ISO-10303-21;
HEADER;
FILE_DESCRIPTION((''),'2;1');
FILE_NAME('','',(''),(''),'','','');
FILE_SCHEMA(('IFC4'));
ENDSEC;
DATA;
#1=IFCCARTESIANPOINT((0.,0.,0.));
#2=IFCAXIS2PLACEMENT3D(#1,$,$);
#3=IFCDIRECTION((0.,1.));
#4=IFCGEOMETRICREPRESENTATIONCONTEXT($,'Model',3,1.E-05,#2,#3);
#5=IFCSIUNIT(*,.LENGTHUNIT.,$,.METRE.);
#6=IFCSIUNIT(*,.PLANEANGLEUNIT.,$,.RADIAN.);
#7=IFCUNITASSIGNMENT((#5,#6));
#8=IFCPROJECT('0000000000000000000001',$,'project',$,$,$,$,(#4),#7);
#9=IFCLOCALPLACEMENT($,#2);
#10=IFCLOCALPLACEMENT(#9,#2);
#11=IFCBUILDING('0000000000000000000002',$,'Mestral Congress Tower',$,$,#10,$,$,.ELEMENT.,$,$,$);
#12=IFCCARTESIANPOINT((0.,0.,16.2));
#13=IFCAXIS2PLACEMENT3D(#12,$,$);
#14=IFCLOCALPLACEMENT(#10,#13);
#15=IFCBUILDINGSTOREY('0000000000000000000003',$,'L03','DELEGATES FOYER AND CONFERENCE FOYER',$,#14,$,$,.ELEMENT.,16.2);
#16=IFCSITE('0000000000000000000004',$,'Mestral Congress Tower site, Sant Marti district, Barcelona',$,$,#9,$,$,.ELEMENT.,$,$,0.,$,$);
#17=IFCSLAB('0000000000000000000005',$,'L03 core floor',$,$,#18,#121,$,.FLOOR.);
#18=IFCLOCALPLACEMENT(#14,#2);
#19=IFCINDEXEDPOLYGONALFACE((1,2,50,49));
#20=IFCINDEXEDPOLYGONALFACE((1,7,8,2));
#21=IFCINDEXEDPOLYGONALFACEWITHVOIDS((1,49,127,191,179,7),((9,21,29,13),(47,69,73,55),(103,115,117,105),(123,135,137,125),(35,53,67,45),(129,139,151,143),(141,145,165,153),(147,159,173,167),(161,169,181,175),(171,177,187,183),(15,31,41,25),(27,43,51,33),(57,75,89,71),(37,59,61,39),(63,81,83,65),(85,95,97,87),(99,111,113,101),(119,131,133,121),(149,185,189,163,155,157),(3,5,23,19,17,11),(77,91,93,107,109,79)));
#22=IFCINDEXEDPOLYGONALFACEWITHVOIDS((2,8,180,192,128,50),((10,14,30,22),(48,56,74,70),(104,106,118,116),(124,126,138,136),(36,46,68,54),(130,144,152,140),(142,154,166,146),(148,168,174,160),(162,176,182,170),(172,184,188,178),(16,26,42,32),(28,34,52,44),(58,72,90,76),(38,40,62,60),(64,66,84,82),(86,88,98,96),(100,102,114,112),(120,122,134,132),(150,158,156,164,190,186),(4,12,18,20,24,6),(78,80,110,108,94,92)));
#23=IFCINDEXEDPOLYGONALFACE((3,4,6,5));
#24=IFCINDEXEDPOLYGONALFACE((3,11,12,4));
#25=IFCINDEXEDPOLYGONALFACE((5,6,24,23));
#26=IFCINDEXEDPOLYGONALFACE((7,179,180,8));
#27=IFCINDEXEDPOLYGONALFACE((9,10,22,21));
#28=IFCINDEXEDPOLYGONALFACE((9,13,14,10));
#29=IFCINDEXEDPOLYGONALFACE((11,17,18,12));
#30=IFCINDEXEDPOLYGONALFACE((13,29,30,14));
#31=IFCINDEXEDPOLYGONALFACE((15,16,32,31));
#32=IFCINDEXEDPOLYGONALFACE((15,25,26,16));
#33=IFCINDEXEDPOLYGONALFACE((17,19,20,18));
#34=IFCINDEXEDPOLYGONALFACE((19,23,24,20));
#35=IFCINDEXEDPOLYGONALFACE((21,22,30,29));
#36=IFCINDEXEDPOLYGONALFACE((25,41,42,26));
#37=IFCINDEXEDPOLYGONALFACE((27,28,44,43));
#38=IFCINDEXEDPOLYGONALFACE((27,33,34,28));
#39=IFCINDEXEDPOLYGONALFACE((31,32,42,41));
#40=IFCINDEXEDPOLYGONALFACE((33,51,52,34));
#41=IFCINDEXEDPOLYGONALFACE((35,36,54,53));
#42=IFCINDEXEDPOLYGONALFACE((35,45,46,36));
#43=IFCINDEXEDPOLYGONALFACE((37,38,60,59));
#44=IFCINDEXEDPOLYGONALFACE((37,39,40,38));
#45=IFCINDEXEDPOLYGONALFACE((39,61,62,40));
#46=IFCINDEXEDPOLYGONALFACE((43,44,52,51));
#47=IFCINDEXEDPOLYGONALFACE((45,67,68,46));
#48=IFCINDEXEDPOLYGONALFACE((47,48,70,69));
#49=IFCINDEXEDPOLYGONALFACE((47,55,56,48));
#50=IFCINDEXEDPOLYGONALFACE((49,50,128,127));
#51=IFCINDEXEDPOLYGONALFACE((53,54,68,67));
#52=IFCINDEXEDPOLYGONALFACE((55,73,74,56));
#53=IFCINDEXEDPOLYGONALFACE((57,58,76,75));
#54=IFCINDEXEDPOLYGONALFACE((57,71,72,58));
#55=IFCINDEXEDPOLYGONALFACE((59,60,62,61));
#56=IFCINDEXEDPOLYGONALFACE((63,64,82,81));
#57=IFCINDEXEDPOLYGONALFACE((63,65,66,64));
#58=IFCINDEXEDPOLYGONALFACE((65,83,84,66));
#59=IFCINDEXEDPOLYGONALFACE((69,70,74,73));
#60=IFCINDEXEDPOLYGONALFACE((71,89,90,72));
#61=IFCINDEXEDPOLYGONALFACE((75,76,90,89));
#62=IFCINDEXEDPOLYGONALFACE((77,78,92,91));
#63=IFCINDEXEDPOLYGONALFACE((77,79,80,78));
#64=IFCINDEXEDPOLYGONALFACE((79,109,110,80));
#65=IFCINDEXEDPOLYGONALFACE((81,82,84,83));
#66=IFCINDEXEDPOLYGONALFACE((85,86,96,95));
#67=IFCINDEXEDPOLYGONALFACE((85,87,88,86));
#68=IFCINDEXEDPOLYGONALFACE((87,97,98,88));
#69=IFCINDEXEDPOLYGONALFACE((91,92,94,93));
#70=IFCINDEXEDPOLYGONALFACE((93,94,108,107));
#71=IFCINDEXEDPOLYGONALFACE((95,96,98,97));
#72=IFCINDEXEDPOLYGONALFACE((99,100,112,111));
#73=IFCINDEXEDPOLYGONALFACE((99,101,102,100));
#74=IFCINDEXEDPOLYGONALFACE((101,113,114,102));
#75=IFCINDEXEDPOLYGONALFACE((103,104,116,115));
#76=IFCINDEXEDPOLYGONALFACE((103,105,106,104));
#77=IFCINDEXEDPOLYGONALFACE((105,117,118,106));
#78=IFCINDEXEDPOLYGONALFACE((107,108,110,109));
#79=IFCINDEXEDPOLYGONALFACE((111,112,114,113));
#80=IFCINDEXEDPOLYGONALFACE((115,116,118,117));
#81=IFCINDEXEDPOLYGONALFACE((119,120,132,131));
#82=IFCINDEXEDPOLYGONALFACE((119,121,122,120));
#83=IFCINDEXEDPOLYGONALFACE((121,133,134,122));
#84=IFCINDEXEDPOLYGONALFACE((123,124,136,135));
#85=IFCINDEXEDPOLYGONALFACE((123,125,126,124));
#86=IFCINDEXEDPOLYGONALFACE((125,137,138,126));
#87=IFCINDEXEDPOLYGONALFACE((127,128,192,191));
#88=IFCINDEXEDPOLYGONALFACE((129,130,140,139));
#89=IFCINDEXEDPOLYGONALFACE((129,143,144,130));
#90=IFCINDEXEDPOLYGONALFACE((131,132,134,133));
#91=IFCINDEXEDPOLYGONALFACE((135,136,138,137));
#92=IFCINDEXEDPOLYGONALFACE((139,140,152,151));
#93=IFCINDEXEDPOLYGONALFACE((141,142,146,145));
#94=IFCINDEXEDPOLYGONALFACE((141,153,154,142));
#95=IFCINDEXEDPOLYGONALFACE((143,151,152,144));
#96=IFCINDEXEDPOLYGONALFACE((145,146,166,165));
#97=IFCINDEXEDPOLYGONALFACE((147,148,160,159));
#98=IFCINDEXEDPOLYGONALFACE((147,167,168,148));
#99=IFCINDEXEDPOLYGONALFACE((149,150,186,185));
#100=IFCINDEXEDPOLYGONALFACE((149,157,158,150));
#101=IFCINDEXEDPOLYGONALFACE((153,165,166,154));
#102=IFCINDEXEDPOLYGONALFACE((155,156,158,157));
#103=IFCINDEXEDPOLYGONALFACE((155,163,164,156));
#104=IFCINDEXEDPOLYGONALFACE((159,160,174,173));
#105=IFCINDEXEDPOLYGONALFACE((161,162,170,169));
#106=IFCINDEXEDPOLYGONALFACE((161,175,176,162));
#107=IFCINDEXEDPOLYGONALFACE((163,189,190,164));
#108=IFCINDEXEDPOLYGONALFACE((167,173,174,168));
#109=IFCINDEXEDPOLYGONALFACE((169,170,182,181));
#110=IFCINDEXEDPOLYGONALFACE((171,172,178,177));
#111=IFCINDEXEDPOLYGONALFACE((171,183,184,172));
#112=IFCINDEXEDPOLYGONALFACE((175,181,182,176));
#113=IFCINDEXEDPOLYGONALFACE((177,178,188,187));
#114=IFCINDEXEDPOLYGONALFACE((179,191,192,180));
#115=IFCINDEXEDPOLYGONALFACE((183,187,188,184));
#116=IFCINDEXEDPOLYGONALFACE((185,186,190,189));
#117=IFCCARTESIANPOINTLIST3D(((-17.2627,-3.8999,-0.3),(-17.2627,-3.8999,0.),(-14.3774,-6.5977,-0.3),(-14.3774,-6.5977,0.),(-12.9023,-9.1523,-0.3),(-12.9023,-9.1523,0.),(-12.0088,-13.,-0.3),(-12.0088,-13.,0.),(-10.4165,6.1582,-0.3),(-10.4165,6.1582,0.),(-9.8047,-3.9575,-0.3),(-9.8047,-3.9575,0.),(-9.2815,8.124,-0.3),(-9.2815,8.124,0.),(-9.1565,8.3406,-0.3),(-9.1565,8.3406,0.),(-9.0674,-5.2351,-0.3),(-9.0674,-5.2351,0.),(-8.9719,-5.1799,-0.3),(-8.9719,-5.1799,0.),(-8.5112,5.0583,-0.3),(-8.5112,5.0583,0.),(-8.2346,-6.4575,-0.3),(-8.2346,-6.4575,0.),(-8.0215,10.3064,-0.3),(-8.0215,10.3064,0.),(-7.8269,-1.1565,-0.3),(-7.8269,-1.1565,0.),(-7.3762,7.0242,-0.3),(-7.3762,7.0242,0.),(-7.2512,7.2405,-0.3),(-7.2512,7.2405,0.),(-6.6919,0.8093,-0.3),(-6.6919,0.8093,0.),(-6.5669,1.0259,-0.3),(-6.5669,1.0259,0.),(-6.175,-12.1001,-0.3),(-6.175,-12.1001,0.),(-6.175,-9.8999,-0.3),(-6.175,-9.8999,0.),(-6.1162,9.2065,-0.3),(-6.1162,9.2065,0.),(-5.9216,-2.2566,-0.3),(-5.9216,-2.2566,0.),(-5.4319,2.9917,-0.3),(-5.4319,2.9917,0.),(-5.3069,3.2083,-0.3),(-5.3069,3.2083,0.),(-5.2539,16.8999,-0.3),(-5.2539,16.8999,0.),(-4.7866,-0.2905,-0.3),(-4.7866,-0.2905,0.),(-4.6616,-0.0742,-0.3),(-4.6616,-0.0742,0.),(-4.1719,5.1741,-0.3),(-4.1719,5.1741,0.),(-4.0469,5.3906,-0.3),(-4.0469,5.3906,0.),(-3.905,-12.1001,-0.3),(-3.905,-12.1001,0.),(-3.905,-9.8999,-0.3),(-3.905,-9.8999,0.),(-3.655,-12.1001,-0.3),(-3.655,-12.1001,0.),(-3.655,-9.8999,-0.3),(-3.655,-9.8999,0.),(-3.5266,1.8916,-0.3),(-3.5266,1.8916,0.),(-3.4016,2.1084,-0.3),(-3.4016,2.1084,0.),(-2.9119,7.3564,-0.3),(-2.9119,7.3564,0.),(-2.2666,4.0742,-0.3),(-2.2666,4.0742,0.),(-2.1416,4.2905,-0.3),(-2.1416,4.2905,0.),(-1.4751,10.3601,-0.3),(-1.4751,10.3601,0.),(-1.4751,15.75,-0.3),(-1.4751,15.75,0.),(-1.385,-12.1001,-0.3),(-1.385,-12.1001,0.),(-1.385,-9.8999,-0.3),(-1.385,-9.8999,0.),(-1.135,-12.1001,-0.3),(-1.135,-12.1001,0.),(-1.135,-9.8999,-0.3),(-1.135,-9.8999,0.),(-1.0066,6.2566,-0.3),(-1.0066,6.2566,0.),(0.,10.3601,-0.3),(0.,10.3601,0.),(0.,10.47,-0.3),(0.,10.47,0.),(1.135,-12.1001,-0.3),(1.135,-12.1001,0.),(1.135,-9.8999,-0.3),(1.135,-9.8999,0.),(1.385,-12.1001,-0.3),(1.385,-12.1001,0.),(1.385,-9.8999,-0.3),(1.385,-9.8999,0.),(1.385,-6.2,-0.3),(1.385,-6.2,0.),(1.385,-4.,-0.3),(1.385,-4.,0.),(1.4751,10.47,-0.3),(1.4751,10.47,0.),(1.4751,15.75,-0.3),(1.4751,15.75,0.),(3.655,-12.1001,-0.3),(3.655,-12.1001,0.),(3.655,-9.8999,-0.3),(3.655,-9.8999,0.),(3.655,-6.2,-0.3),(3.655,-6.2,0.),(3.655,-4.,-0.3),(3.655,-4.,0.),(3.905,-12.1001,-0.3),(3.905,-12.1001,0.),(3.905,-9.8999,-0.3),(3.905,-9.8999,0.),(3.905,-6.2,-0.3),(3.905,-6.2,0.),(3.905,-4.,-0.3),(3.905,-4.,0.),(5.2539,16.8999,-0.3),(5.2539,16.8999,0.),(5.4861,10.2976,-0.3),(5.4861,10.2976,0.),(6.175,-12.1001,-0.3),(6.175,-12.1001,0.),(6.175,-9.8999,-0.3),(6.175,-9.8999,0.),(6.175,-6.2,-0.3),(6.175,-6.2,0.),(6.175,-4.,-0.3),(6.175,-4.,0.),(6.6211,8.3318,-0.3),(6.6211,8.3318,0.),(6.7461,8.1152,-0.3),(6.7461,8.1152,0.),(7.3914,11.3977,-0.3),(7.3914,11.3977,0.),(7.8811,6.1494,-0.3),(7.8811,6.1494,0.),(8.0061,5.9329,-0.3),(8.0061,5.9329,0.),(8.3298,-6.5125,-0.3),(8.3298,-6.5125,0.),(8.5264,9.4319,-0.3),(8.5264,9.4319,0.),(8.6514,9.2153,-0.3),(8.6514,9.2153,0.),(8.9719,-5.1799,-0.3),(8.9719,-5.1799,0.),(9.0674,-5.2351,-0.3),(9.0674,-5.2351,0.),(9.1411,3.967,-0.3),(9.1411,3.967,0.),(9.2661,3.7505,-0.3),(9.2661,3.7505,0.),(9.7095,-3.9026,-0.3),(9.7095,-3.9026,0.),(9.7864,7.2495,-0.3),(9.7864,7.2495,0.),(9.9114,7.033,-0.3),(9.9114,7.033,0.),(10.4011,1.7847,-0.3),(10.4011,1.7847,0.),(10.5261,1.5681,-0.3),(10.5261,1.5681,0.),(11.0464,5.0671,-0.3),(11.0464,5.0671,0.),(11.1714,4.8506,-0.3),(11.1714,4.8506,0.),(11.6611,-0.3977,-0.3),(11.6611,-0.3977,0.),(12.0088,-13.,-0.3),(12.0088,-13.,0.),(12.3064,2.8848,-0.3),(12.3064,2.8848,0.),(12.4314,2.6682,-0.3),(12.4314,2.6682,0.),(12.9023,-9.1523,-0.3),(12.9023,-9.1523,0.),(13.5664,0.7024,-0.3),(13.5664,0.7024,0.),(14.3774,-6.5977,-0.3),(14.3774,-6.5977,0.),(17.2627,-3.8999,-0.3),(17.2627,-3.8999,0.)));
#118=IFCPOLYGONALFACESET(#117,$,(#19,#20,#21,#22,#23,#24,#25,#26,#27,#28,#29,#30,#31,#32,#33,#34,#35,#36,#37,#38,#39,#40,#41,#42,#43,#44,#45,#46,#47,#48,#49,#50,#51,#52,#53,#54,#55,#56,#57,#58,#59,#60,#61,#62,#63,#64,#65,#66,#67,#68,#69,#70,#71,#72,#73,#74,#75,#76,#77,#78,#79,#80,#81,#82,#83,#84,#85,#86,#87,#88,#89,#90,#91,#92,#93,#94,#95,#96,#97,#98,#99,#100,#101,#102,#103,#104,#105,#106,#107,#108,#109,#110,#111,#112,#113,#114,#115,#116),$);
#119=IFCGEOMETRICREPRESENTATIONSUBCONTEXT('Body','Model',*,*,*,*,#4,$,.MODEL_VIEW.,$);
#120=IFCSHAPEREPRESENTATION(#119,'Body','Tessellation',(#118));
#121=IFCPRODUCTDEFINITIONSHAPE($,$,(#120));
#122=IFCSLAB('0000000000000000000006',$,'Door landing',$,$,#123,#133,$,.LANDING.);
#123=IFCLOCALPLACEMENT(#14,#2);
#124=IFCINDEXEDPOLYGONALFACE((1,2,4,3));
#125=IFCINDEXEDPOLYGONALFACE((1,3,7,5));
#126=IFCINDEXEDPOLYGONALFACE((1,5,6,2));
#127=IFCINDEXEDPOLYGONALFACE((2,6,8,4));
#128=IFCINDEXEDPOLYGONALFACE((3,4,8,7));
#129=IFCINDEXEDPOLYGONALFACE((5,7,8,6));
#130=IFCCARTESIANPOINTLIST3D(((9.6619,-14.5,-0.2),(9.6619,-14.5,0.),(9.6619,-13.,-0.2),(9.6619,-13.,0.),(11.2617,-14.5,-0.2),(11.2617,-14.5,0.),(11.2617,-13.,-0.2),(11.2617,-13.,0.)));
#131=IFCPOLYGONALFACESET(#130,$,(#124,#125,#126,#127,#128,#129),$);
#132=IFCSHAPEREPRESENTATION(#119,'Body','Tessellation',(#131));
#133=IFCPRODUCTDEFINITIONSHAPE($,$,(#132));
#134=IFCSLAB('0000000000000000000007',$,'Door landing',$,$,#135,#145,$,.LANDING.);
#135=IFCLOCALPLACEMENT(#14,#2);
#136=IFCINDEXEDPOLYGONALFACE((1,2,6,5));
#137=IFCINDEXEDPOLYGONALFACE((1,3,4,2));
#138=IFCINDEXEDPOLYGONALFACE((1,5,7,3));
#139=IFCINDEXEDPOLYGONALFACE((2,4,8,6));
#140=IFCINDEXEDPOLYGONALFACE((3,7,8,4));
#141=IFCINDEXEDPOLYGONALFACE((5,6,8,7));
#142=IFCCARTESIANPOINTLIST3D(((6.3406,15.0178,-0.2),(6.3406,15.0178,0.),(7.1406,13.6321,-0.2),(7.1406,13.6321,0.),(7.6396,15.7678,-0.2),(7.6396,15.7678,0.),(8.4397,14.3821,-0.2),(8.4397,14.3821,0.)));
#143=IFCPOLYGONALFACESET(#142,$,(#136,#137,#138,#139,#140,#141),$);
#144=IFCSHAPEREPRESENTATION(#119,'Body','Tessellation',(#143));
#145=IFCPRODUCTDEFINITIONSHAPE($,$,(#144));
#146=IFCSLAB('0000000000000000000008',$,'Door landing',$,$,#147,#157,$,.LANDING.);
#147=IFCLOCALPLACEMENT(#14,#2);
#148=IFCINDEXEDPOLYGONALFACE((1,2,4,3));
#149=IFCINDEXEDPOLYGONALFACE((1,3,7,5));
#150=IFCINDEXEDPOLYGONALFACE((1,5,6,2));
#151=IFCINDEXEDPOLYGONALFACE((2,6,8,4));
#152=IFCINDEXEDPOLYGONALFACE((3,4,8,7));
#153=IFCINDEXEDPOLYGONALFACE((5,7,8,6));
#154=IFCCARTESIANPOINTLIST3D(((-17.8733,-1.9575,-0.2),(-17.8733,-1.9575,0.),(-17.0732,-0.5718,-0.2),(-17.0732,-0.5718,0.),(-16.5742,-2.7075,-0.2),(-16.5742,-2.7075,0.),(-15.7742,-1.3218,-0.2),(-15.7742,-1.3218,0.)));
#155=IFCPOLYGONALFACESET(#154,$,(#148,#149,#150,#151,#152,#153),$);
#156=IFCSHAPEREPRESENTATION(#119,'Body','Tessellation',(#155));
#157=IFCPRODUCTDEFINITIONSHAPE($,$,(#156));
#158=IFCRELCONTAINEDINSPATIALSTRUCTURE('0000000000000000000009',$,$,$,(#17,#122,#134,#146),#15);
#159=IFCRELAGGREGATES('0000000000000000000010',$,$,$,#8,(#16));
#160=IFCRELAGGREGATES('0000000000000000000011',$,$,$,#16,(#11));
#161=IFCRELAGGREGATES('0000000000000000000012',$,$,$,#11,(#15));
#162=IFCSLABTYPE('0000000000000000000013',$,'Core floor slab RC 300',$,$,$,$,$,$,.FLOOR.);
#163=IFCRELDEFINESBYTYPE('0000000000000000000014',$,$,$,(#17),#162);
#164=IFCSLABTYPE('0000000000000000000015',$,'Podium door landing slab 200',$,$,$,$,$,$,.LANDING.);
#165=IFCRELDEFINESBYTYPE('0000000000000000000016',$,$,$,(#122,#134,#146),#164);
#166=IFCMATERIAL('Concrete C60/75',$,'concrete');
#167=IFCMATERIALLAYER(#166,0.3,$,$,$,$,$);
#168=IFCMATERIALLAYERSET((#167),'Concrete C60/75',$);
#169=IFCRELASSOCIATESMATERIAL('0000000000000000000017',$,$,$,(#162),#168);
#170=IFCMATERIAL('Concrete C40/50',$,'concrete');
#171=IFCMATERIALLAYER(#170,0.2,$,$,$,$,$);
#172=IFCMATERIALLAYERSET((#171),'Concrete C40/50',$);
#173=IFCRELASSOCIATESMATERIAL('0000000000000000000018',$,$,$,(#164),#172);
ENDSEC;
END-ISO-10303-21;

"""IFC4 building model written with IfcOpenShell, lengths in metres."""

from ifc_helpers import new_model, si_unit, direction, frame, origin, place, context, subcontext, project, spatial, polyline, outline, extrude, material, layer, layer_set, type_object, element, save


model = new_model("IFC4")

# Units and contexts
model_context = context("Model", 3, precision=1e-05, world=origin(), true_north=direction((0.0, 1.0)))
body_context = subcontext(model_context, "Body", "Model", "MODEL_VIEW")
ifc_project = project(units=[si_unit("LENGTHUNIT", "METRE"), si_unit("PLANEANGLEUNIT", "RADIAN")], contexts=[model_context])

# Site, building, storey
site_placement = place(None, origin())
site = spatial("IfcSite", under=ifc_project, at=site_placement, Name="Mestral Congress Tower site, Sant Marti district, Barcelona", CompositionType="ELEMENT", RefElevation=0.0)
building_placement = place(site_placement, origin())
building = spatial("IfcBuilding", under=site, at=building_placement, Name="Mestral Congress Tower", CompositionType="ELEMENT")
storey_placement = place(building_placement, frame((0.0, 0.0, 16.2)))
storey = spatial("IfcBuildingStorey", under=building, at=storey_placement, Name="L03", Description="DELEGATES FOYER AND CONFERENCE FOYER", CompositionType="ELEMENT", Elevation=16.2)

# Slabs
ifc_material_1 = material(Name="Concrete C60/75", Category="concrete")
ifc_layer_1 = layer(ifc_material_1, 0.3)
ifc_layer_set_1 = layer_set([ifc_layer_1], Name="Concrete C60/75")
slab_type_1 = type_object("IfcSlabType", Name="Core floor slab RC 300", PredefinedType="FLOOR", material=ifc_layer_set_1)
slab_1_placement = place(storey_placement, frame((0.0, 0.0, -0.3)))
element("IfcSlab", 1, at=slab_1_placement, inside=storey, type_object=slab_type_1, Name="L03 core floor", PredefinedType="FLOOR", context=body_context, shape_type="SweptSolid", body=[
    extrude(outline(polyline([(12.0088, -13.0), (-12.0088, -13.0), (-17.2627, -3.8999), (-5.2539, 16.8999), (5.2539, 16.8999), (17.2627, -3.8999), (12.0088, -13.0)]), holes=[polyline([(-3.905, -9.8999), (-6.175, -9.8999), (-6.175, -12.1001), (-3.905, -12.1001), (-3.905, -9.8999)]), polyline([(-1.385, -9.8999), (-3.655, -9.8999), (-3.655, -12.1001), (-1.385, -12.1001), (-1.385, -9.8999)]), polyline([(1.135, -9.8999), (-1.135, -9.8999), (-1.135, -12.1001), (1.135, -12.1001), (1.135, -9.8999)]), polyline([(-9.0674, -5.2351), (-9.8047, -3.9575), (-14.3774, -6.5977), (-12.9023, -9.1523), (-8.2346, -6.4575), (-8.9719, -5.1799), (-9.0674, -5.2351)]), polyline([(-7.8269, -1.1565), (-5.9216, -2.2566), (-4.7866, -0.2905), (-6.6919, 0.8093), (-7.8269, -1.1565)]), polyline([(-4.6616, -0.0742), (-3.5266, 1.8916), (-5.4319, 2.9917), (-6.5669, 1.0259), (-4.6616, -0.0742)]), polyline([(-3.4016, 2.1084), (-2.2666, 4.0742), (-4.1719, 5.1741), (-5.3069, 3.2083), (-3.4016, 2.1084)]), polyline([(-2.1416, 4.2905), (-1.0066, 6.2566), (-2.9119, 7.3564), (-4.0469, 5.3906), (-2.1416, 4.2905)]), polyline([(-10.4165, 6.1582), (-8.5112, 5.0583), (-7.3762, 7.0242), (-9.2815, 8.124), (-10.4165, 6.1582)]), polyline([(-9.1565, 8.3406), (-7.2512, 7.2405), (-6.1162, 9.2065), (-8.0215, 10.3064), (-9.1565, 8.3406)]), polyline([(1.4751, 10.47), (1.4751, 15.75), (-1.4751, 15.75), (-1.4751, 10.3601), (0.0, 10.3601), (0.0, 10.47), (1.4751, 10.47)]), polyline([(3.655, -9.8999), (1.385, -9.8999), (1.385, -12.1001), (3.655, -12.1001), (3.655, -9.8999)]), polyline([(6.175, -9.8999), (3.905, -9.8999), (3.905, -12.1001), (6.175, -12.1001), (6.175, -9.8999)]), polyline([(9.0674, -5.2351), (8.3298, -6.5125), (12.9023, -9.1523), (14.3774, -6.5977), (9.7095, -3.9026), (8.9719, -5.1799), (9.0674, -5.2351)]), polyline([(3.655, -6.2), (3.655, -4.0), (1.385, -4.0), (1.385, -6.2), (3.655, -6.2)]), polyline([(6.175, -4.0), (3.905, -4.0), (3.905, -6.2), (6.175, -6.2), (6.175, -4.0)]), polyline([(12.4314, 2.6682), (10.5261, 1.5681), (11.6611, -0.3977), (13.5664, 0.7024), (12.4314, 2.6682)]), polyline([(11.1714, 4.8506), (9.2661, 3.7505), (10.4011, 1.7847), (12.3064, 2.8848), (11.1714, 4.8506)]), polyline([(8.0061, 5.9329), (9.1411, 3.967), (11.0464, 5.0671), (9.9114, 7.033), (8.0061, 5.9329)]), polyline([(8.6514, 9.2153), (6.7461, 8.1152), (7.8811, 6.1494), (9.7864, 7.2495), (8.6514, 9.2153)]), polyline([(7.3914, 11.3977), (5.4861, 10.2976), (6.6211, 8.3318), (8.5264, 9.4319), (7.3914, 11.3977)])]), origin(), (0.0, 0.0, 1.0), 0.3),
])
ifc_material_2 = material(Name="Concrete C40/50", Category="concrete")
ifc_layer_2 = layer(ifc_material_2, 0.2)
ifc_layer_set_2 = layer_set([ifc_layer_2], Name="Concrete C40/50")
slab_type_2 = type_object("IfcSlabType", Name="Podium door landing slab 200", PredefinedType="LANDING", material=ifc_layer_set_2)
placement_1 = place(storey_placement, frame((0.0, 0.0, -0.2)))
element("IfcSlab", 2, at=placement_1, inside=storey, type_object=slab_type_2, Name="Door landing", PredefinedType="LANDING", context=body_context, shape_type="SweptSolid", body=[
    extrude(outline(polyline([(9.6619, -13.0), (9.6619, -14.5), (11.2617, -14.5), (11.2617, -13.0), (9.6619, -13.0)])), origin(), (0.0, 0.0, 1.0), 0.2),
])
element("IfcSlab", 3, at=placement_1, inside=storey, type_object=slab_type_2, Name="Door landing", PredefinedType="LANDING", context=body_context, shape_type="SweptSolid", body=[
    extrude(outline(polyline([(7.1406, 13.6321), (8.4397, 14.3821), (7.6396, 15.7678), (6.3406, 15.0178), (7.1406, 13.6321)])), origin(), (0.0, 0.0, 1.0), 0.2),
])
element("IfcSlab", 4, at=placement_1, inside=storey, type_object=slab_type_2, Name="Door landing", PredefinedType="LANDING", context=body_context, shape_type="SweptSolid", body=[
    extrude(outline(polyline([(-15.7742, -1.3218), (-17.0732, -0.5718), (-17.8733, -1.9575), (-16.5742, -2.7075), (-15.7742, -1.3218)])), origin(), (0.0, 0.0, 1.0), 0.2),
])

save(model, "model.ifc")
